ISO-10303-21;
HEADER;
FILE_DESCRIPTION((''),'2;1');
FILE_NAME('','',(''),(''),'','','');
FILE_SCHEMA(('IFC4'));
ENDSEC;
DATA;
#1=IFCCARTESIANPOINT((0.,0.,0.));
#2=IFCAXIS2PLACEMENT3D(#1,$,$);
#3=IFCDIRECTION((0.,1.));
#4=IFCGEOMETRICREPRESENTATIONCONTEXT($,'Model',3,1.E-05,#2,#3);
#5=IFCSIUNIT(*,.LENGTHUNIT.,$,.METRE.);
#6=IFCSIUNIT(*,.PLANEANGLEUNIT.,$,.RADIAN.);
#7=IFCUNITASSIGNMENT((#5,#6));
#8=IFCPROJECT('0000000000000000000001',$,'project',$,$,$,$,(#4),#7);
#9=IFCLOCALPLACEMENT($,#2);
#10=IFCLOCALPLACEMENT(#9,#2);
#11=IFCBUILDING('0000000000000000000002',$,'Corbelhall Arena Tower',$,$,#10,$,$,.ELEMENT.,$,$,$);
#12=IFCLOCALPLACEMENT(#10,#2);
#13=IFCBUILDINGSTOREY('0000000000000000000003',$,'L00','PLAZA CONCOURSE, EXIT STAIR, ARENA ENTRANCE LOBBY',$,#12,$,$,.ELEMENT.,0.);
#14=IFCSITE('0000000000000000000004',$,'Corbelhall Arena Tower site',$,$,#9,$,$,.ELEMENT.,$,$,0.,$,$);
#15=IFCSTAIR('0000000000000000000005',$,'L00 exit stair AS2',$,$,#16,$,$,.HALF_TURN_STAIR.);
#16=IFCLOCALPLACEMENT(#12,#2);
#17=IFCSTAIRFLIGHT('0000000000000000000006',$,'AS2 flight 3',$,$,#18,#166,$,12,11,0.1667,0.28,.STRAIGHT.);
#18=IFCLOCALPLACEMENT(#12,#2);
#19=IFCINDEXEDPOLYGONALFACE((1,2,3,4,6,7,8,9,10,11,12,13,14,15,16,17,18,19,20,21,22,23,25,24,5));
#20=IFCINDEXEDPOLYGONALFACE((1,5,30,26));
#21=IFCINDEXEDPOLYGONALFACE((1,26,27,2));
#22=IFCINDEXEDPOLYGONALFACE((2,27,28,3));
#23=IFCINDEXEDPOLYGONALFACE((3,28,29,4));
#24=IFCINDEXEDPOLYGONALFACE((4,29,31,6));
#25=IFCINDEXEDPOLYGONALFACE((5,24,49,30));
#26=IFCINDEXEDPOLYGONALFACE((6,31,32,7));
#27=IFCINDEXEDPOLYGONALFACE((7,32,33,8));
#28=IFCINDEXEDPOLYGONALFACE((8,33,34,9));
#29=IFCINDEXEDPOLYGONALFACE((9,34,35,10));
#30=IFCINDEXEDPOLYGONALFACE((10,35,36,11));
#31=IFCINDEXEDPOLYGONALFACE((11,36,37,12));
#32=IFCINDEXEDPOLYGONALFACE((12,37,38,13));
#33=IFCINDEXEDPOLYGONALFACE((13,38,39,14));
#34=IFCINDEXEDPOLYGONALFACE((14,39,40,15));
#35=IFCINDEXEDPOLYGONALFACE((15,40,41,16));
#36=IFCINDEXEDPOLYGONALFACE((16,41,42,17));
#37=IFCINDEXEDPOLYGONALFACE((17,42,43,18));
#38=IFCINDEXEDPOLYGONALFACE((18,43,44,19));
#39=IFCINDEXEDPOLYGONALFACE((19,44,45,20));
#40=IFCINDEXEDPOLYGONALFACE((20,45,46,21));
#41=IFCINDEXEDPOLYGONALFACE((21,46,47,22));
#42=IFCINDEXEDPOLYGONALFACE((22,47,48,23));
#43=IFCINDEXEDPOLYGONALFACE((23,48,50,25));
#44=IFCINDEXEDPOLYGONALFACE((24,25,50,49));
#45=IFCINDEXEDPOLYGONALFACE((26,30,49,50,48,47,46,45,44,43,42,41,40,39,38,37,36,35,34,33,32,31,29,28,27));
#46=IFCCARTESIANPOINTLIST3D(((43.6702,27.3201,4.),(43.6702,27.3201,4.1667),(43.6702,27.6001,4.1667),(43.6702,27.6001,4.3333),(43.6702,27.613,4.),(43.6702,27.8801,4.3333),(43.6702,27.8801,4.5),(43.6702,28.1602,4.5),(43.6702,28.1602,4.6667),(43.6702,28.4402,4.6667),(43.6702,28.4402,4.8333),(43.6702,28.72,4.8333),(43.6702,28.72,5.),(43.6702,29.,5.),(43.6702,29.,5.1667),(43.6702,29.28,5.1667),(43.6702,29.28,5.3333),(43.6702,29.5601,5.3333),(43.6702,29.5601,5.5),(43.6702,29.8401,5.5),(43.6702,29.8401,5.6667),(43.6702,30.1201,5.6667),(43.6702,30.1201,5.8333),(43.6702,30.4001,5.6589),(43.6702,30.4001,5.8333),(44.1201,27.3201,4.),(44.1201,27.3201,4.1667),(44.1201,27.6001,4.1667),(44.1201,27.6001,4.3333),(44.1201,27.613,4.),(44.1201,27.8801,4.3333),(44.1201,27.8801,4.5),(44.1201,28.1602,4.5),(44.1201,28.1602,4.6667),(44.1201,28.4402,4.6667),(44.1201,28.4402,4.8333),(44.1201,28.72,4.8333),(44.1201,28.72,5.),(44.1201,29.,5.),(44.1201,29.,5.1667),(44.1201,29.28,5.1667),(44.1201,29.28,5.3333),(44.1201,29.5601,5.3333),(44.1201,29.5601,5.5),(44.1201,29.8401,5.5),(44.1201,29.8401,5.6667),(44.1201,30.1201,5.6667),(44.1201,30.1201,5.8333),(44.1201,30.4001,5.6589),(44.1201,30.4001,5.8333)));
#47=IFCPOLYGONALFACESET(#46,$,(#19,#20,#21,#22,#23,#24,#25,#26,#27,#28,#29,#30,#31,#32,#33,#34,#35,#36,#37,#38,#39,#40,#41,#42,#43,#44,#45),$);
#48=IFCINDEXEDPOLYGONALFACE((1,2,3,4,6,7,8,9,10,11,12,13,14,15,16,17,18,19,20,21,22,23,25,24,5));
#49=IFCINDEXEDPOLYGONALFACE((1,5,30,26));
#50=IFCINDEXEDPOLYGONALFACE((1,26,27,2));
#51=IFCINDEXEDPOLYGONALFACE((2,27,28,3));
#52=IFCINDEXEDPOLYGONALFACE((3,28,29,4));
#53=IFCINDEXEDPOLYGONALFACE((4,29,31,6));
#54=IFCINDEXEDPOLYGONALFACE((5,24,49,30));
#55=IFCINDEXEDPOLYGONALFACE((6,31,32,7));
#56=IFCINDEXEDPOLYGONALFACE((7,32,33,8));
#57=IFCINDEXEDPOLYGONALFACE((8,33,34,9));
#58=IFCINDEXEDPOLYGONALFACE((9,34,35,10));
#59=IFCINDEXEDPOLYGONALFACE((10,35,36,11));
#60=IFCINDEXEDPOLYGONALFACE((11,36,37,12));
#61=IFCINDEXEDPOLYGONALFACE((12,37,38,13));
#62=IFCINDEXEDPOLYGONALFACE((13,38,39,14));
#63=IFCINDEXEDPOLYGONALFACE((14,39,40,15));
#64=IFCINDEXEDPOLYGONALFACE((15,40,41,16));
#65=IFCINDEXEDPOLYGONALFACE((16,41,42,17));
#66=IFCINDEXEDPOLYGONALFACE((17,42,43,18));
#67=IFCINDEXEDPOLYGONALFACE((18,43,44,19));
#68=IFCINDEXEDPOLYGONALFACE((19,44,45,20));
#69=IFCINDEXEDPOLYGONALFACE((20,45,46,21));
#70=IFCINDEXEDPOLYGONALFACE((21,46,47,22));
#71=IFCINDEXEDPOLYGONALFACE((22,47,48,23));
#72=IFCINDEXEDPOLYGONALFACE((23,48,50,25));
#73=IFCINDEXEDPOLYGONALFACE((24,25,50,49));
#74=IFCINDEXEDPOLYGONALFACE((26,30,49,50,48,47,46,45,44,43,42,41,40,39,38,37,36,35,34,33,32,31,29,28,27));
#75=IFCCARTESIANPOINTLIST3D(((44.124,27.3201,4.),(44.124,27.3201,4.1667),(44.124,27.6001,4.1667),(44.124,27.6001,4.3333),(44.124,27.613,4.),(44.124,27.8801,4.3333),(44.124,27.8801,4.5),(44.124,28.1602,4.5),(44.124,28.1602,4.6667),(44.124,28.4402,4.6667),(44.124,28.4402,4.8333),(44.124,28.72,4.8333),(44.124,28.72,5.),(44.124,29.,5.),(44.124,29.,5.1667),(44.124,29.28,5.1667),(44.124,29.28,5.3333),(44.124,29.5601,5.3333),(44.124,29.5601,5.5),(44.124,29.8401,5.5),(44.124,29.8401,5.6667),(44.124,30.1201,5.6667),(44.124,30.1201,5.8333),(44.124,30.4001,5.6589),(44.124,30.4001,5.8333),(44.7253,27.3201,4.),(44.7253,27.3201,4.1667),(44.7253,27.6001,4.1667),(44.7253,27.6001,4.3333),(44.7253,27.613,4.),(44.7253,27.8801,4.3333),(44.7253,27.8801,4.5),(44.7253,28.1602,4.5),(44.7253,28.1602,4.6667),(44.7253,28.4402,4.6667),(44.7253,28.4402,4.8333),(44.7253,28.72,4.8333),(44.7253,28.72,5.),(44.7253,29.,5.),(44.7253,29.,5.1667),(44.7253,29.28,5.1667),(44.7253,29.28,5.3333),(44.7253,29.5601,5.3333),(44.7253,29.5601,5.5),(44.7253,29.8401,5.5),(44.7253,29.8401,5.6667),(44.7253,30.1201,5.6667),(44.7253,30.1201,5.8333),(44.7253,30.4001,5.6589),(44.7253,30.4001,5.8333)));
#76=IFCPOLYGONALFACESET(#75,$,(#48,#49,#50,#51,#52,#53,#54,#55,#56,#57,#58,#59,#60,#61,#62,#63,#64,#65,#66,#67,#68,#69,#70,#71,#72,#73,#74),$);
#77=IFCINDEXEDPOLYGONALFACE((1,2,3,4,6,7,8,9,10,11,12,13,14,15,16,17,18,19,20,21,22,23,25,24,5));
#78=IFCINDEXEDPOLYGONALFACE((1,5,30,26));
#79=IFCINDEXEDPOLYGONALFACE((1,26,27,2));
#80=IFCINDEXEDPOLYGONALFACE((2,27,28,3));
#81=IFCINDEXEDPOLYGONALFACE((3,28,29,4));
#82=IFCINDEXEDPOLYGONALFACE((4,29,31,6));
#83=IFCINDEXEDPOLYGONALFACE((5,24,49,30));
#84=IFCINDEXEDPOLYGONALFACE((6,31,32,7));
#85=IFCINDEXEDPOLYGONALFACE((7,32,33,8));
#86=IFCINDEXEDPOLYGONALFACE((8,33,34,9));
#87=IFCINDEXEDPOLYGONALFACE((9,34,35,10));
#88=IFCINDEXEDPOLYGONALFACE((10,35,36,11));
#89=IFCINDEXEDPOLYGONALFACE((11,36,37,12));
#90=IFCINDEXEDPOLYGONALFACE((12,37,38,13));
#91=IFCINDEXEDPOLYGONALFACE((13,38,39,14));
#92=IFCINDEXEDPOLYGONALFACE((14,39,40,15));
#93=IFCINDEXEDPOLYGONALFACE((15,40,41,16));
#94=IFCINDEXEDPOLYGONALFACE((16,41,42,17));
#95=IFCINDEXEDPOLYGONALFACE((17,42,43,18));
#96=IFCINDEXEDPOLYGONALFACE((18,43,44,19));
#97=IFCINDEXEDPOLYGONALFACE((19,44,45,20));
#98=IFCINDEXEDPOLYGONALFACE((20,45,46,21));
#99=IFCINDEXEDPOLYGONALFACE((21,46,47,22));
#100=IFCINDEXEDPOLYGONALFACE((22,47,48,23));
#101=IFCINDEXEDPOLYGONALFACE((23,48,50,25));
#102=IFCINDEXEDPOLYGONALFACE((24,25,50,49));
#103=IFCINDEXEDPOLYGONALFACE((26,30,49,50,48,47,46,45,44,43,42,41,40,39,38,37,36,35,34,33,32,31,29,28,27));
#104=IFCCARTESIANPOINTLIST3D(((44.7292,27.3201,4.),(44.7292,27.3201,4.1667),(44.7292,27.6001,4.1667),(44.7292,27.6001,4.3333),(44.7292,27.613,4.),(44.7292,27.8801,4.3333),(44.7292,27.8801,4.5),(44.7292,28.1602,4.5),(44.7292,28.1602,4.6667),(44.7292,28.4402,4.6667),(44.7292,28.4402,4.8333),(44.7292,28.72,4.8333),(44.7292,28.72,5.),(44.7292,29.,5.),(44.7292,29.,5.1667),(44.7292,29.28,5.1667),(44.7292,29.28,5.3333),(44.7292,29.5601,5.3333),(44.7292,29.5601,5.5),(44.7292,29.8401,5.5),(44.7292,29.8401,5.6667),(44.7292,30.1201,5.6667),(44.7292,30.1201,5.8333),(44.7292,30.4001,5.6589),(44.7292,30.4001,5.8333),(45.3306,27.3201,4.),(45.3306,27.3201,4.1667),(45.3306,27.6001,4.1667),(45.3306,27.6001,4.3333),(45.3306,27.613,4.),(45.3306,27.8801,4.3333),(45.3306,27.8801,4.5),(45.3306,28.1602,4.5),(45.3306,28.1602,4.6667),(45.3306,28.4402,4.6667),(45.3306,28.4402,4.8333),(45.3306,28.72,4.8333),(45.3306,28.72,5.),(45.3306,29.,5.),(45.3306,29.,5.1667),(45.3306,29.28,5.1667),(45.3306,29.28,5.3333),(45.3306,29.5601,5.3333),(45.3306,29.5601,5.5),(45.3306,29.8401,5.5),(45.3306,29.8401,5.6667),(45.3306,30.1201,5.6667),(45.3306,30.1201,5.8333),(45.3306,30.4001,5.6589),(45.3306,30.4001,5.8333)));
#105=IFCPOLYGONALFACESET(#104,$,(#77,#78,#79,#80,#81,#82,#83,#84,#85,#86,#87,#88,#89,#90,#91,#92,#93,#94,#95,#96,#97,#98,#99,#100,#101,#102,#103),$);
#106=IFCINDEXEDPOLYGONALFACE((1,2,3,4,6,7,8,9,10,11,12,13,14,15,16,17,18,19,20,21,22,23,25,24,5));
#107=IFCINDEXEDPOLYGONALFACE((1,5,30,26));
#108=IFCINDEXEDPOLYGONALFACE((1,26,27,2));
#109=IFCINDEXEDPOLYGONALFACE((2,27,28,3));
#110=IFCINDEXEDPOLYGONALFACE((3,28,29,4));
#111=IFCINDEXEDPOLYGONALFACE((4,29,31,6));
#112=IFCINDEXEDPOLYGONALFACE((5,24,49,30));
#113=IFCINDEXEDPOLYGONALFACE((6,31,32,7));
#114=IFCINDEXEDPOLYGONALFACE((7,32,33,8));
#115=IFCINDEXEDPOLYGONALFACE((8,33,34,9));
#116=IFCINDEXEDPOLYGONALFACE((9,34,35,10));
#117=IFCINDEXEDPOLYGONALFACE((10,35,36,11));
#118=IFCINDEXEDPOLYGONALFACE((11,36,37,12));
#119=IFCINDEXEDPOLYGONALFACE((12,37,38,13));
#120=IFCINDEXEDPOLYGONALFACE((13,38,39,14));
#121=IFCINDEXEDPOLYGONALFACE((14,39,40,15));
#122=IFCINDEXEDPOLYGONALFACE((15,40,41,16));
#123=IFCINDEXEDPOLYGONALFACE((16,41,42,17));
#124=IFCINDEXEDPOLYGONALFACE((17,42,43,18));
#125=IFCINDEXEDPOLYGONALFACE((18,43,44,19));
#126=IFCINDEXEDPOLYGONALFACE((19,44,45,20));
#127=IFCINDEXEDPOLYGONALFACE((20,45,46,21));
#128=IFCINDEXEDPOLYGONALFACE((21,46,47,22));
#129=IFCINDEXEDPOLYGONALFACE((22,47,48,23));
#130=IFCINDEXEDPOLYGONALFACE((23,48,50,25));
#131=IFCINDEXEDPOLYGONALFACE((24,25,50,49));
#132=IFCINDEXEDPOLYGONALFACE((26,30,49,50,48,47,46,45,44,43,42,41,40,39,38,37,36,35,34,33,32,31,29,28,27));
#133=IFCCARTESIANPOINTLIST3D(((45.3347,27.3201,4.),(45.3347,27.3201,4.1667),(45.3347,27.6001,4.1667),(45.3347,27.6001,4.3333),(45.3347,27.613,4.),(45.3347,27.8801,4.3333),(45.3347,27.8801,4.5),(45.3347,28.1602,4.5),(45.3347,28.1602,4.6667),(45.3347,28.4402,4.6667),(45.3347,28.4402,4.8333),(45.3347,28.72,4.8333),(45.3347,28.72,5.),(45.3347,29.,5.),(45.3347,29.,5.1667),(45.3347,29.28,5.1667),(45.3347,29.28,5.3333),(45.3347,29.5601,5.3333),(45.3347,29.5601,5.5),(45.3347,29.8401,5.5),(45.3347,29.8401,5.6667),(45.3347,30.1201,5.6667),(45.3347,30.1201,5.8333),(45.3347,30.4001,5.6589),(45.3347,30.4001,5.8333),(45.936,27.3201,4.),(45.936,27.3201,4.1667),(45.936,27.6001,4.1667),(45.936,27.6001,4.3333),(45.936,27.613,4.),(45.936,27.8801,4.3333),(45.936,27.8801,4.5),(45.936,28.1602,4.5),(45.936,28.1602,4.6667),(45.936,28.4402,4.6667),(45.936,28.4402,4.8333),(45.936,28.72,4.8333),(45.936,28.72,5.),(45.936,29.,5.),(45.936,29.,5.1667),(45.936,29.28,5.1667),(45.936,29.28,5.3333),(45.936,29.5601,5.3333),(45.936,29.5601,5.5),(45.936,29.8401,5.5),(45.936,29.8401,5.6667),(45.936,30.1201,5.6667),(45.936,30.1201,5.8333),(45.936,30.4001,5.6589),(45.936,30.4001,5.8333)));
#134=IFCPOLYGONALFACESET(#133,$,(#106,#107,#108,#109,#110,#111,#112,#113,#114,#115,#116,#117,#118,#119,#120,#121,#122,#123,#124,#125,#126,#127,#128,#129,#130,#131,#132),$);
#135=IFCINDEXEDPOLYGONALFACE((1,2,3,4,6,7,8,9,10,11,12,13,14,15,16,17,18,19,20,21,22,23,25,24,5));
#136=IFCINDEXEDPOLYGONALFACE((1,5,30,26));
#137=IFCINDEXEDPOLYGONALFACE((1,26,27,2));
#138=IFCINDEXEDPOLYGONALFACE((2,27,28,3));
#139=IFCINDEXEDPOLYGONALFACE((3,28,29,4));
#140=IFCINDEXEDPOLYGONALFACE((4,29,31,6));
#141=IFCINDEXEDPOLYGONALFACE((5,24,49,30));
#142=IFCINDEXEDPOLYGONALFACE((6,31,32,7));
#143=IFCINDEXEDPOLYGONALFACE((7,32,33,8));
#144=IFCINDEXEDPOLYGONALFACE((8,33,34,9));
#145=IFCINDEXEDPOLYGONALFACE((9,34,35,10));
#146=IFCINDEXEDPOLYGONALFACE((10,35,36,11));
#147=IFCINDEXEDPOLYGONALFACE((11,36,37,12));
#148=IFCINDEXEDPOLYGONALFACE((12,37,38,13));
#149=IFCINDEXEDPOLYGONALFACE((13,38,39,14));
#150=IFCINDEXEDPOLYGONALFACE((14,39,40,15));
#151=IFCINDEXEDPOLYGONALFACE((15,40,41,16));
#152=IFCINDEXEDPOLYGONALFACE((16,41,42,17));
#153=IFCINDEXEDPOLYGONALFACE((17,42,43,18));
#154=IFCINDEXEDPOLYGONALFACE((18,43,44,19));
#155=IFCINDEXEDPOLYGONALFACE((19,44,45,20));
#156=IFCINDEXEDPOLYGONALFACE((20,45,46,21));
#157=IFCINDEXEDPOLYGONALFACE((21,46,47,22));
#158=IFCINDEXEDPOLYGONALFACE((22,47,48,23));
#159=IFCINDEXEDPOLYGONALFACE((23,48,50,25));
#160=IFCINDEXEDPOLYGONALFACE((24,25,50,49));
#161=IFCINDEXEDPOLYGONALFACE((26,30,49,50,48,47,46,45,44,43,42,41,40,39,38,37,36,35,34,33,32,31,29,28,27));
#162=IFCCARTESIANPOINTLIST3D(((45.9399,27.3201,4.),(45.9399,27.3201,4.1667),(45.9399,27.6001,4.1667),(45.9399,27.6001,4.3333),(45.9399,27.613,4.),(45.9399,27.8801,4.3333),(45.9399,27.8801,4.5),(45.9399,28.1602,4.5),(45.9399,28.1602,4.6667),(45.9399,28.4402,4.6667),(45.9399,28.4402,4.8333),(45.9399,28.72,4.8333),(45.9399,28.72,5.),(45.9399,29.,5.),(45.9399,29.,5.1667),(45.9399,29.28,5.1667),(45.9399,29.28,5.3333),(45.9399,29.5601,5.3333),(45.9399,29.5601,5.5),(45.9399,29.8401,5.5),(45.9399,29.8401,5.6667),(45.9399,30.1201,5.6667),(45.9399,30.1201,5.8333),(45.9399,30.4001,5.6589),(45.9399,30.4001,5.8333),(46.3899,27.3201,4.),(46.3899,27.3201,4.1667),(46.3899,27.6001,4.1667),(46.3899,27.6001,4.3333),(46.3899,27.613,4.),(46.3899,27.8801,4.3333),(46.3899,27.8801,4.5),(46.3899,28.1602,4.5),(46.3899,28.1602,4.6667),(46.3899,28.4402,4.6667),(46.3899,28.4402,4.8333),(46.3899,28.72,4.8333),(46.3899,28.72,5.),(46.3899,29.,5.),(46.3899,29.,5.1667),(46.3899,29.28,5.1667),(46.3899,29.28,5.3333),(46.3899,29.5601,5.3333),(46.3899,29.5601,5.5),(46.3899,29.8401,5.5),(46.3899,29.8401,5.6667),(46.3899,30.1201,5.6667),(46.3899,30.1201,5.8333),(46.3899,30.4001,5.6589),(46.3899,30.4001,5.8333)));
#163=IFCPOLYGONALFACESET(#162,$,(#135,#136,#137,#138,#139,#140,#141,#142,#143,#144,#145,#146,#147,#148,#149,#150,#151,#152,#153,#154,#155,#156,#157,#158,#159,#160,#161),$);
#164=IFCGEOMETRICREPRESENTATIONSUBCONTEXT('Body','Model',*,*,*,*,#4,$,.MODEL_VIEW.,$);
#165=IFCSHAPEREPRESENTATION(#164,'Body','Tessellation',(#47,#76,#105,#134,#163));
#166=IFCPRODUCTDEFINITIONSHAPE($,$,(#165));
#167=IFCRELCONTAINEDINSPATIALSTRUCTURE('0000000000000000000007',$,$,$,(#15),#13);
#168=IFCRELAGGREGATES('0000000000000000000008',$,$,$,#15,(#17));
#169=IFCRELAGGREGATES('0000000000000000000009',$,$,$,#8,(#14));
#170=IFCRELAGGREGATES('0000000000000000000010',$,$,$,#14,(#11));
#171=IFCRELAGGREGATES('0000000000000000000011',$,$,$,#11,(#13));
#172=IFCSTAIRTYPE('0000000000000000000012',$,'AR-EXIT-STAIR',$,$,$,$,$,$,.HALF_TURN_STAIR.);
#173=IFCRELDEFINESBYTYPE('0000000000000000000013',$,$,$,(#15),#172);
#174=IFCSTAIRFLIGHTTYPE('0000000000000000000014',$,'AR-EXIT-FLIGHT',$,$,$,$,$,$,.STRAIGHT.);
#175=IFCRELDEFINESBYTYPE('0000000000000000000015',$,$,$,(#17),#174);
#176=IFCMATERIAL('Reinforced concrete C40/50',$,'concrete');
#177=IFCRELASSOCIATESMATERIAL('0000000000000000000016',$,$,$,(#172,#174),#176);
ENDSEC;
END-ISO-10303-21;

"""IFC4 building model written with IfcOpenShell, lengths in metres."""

from ifc_helpers import new_model, si_unit, direction, frame, origin, place, context, subcontext, project, spatial, polyline, outline, extrude, material, type_object, element, aggregate, save


model = new_model("IFC4")

# Units and contexts
model_context = context("Model", 3, precision=1e-05, world=origin(), true_north=direction((0.0, 1.0)))
body_context = subcontext(model_context, "Body", "Model", "MODEL_VIEW")
ifc_project = project(units=[si_unit("LENGTHUNIT", "METRE"), si_unit("PLANEANGLEUNIT", "RADIAN")], contexts=[model_context])

# Site, building, storey
site_placement = place(None, origin())
site = spatial("IfcSite", under=ifc_project, at=site_placement, Name="Corbelhall Arena Tower site", CompositionType="ELEMENT", RefElevation=0.0)
building_placement = place(site_placement, origin())
building = spatial("IfcBuilding", under=site, at=building_placement, Name="Corbelhall Arena Tower", CompositionType="ELEMENT")
storey_placement = place(building_placement, origin())
storey = spatial("IfcBuildingStorey", under=building, at=storey_placement, Name="L00", Description="PLAZA CONCOURSE, EXIT STAIR, ARENA ENTRANCE LOBBY", CompositionType="ELEMENT", Elevation=0.0)

# Shared definitions
ifc_material_1 = material(Name="Reinforced concrete C40/50", Category="concrete")

# Stair, stair flight
stair_type = type_object("IfcStairType", Name="AR-EXIT-STAIR", PredefinedType="HALF_TURN_STAIR", material=ifc_material_1)
stair_flight_type = type_object("IfcStairFlightType", Name="AR-EXIT-FLIGHT", PredefinedType="STRAIGHT", material=ifc_material_1)
stair_1_placement = place(storey_placement, origin())
stair_1 = element("IfcStair", 1, at=stair_1_placement, inside=storey, type_object=stair_type, Name="L00 exit stair AS2", PredefinedType="HALF_TURN_STAIR")
stair_flight_1_placement = place(storey_placement, frame((45.03, 27.3201, 4.0), z_axis=(0.0, 0.0, 1.0), x_axis=(0.0, 1.0, 0.0)))
stair_flight_1 = element("IfcStairFlight", 2, at=stair_flight_1_placement, type_object=stair_flight_type, Name="AS2 flight 3", NumberOfRisers=12, NumberOfTreads=11, PredefinedType="STRAIGHT", RiserHeight=0.1667, TreadLength=0.28, context=body_context, shape_type="SweptSolid", body=[
    extrude(outline(polyline([(0.0, 0.0), (0.0, 0.1667), (0.28, 0.1667), (0.28, 0.3333), (0.5601, 0.3333), (0.5601, 0.5), (0.8401, 0.5), (0.8401, 0.6667), (1.1201, 0.6667), (1.1201, 0.8333), (1.3999, 0.8333), (1.3999, 1.0), (1.6799, 1.0), (1.6799, 1.1667), (1.96, 1.1667), (1.96, 1.3333), (2.24, 1.3333), (2.24, 1.5), (2.52, 1.5), (2.52, 1.6667), (2.8, 1.6667), (2.8, 1.8333), (3.0801, 1.8333), (3.0801, 2.0), (3.0801, 1.6589), (0.293, 0.0), (0.0, 0.0)])), frame((0.0, 1.3599, 0.0), z_axis=(0.0, -1.0, 0.0), x_axis=(1.0, 0.0, 0.0)), (0.0, 0.0, 1.0), 0.45),
    extrude(outline(polyline([(0.0, 0.0), (0.0, 0.1667), (0.28, 0.1667), (0.28, 0.3333), (0.5601, 0.3333), (0.5601, 0.5), (0.8401, 0.5), (0.8401, 0.6667), (1.1201, 0.6667), (1.1201, 0.8333), (1.3999, 0.8333), (1.3999, 1.0), (1.6799, 1.0), (1.6799, 1.1667), (1.96, 1.1667), (1.96, 1.3333), (2.24, 1.3333), (2.24, 1.5), (2.52, 1.5), (2.52, 1.6667), (2.8, 1.6667), (2.8, 1.8333), (3.0801, 1.8333), (3.0801, 2.0), (3.0801, 1.6589), (0.293, 0.0), (0.0, 0.0)])), frame((0.0, 0.906, 0.0), z_axis=(0.0, -1.0, 0.0), x_axis=(1.0, 0.0, 0.0)), (0.0, 0.0, 1.0), 0.6013),
    extrude(outline(polyline([(0.0, 0.0), (0.0, 0.1667), (0.28, 0.1667), (0.28, 0.3333), (0.5601, 0.3333), (0.5601, 0.5), (0.8401, 0.5), (0.8401, 0.6667), (1.1201, 0.6667), (1.1201, 0.8333), (1.3999, 0.8333), (1.3999, 1.0), (1.6799, 1.0), (1.6799, 1.1667), (1.96, 1.1667), (1.96, 1.3333), (2.24, 1.3333), (2.24, 1.5), (2.52, 1.5), (2.52, 1.6667), (2.8, 1.6667), (2.8, 1.8333), (3.0801, 1.8333), (3.0801, 2.0), (3.0801, 1.6589), (0.293, 0.0), (0.0, 0.0)])), frame((0.0, 0.3008, 0.0), z_axis=(0.0, -1.0, 0.0), x_axis=(1.0, 0.0, 0.0)), (0.0, 0.0, 1.0), 0.6013),
    extrude(outline(polyline([(0.0, 0.0), (0.0, 0.1667), (0.28, 0.1667), (0.28, 0.3333), (0.5601, 0.3333), (0.5601, 0.5), (0.8401, 0.5), (0.8401, 0.6667), (1.1201, 0.6667), (1.1201, 0.8333), (1.3999, 0.8333), (1.3999, 1.0), (1.6799, 1.0), (1.6799, 1.1667), (1.96, 1.1667), (1.96, 1.3333), (2.24, 1.3333), (2.24, 1.5), (2.52, 1.5), (2.52, 1.6667), (2.8, 1.6667), (2.8, 1.8333), (3.0801, 1.8333), (3.0801, 2.0), (3.0801, 1.6589), (0.293, 0.0), (0.0, 0.0)])), frame((0.0, -0.3047, 0.0), z_axis=(0.0, -1.0, 0.0), x_axis=(1.0, 0.0, 0.0)), (0.0, 0.0, 1.0), 0.6013),
    extrude(outline(polyline([(0.0, 0.0), (0.0, 0.1667), (0.28, 0.1667), (0.28, 0.3333), (0.5601, 0.3333), (0.5601, 0.5), (0.8401, 0.5), (0.8401, 0.6667), (1.1201, 0.6667), (1.1201, 0.8333), (1.3999, 0.8333), (1.3999, 1.0), (1.6799, 1.0), (1.6799, 1.1667), (1.96, 1.1667), (1.96, 1.3333), (2.24, 1.3333), (2.24, 1.5), (2.52, 1.5), (2.52, 1.6667), (2.8, 1.6667), (2.8, 1.8333), (3.0801, 1.8333), (3.0801, 2.0), (3.0801, 1.6589), (0.293, 0.0), (0.0, 0.0)])), frame((0.0, -0.9099, 0.0), z_axis=(0.0, -1.0, 0.0), x_axis=(1.0, 0.0, 0.0)), (0.0, 0.0, 1.0), 0.45),
])
aggregate(stair_1, [stair_flight_1])

save(model, "model.ifc")
